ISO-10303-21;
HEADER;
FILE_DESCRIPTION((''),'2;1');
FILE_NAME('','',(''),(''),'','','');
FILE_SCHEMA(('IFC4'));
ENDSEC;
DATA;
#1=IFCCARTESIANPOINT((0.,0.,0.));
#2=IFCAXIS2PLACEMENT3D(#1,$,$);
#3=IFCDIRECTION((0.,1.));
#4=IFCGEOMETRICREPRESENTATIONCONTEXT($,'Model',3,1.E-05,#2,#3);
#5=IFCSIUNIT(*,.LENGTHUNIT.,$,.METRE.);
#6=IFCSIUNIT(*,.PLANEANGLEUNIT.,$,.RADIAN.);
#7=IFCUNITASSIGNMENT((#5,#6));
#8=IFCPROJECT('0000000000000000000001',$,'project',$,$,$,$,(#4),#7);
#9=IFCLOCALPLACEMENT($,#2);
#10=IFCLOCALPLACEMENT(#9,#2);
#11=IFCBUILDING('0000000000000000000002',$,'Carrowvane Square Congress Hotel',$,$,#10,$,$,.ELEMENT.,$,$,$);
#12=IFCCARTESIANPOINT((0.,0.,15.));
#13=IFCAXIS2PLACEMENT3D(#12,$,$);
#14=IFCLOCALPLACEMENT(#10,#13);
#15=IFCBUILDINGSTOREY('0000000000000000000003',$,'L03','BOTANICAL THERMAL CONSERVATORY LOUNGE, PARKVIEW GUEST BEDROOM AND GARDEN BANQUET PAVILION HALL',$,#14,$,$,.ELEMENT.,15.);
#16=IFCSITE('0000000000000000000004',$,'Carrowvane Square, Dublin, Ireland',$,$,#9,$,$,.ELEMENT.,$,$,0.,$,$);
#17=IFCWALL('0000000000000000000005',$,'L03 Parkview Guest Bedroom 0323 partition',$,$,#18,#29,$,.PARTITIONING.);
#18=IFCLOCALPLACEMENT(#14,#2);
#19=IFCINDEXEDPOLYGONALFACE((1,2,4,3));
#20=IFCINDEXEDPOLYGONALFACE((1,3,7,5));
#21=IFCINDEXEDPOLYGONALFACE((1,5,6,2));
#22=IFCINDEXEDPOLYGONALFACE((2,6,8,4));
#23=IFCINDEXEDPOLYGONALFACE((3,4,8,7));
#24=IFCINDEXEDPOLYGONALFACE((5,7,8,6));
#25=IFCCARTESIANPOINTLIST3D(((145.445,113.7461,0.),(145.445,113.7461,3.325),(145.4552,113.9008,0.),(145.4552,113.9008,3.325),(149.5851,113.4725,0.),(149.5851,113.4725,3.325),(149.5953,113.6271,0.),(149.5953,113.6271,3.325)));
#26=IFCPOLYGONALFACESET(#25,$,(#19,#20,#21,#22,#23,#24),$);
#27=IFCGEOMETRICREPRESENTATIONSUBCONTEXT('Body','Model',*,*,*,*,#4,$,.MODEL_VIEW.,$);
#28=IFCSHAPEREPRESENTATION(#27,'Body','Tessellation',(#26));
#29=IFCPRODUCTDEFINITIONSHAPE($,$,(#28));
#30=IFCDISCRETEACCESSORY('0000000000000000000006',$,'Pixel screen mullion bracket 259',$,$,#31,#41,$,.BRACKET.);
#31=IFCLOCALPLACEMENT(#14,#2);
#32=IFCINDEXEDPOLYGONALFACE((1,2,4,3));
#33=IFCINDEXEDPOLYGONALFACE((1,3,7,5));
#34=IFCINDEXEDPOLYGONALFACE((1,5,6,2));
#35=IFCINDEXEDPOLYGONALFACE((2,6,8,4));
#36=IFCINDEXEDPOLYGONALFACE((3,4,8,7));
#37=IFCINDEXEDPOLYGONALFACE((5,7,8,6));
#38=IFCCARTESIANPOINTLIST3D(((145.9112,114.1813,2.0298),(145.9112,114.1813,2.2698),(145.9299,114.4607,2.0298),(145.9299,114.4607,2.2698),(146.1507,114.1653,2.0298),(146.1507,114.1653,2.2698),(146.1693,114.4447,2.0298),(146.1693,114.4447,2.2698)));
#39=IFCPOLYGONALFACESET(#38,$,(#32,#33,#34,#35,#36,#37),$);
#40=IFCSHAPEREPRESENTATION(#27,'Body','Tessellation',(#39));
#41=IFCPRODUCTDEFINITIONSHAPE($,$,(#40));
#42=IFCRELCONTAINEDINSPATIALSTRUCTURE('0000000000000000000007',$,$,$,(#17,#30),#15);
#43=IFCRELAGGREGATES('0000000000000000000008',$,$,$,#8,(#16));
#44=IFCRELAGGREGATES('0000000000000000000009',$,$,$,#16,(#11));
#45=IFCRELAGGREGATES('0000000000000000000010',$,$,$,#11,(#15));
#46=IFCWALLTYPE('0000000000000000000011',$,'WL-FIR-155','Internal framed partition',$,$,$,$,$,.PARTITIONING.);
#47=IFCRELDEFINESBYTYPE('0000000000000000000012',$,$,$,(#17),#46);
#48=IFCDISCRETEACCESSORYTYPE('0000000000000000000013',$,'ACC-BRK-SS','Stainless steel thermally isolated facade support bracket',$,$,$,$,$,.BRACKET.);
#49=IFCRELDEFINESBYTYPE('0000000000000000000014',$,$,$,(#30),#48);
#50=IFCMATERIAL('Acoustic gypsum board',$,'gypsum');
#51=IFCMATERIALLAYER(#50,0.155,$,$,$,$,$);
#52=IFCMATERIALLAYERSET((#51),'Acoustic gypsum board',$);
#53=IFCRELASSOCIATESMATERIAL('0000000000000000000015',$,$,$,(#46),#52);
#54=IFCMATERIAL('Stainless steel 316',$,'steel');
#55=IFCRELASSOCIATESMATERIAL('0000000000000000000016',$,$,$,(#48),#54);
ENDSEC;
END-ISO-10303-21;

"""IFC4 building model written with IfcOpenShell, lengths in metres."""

from ifc_helpers import new_model, si_unit, direction, frame, frame_2d, origin, origin_2d, place, context, subcontext, project, spatial, rectangle, extrude, material, layer, layer_set, type_object, element, save


model = new_model("IFC4")

# Units and contexts
model_context = context("Model", 3, precision=1e-05, world=origin(), true_north=direction((0.0, 1.0)))
body_context = subcontext(model_context, "Body", "Model", "MODEL_VIEW")
ifc_project = project(units=[si_unit("LENGTHUNIT", "METRE"), si_unit("PLANEANGLEUNIT", "RADIAN")], contexts=[model_context])

# Site, building, storey
site_placement = place(None, origin())
site = spatial("IfcSite", under=ifc_project, at=site_placement, Name="Carrowvane Square, Dublin, Ireland", CompositionType="ELEMENT", RefElevation=0.0)
building_placement = place(site_placement, origin())
building = spatial("IfcBuilding", under=site, at=building_placement, Name="Carrowvane Square Congress Hotel", CompositionType="ELEMENT")
storey_placement = place(building_placement, frame((0.0, 0.0, 15.0)))
storey = spatial("IfcBuildingStorey", under=building, at=storey_placement, Name="L03", Description="BOTANICAL THERMAL CONSERVATORY LOUNGE, PARKVIEW GUEST BEDROOM AND GARDEN BANQUET PAVILION HALL", CompositionType="ELEMENT", Elevation=15.0)

# Wall
ifc_material_1 = material(Name="Acoustic gypsum board", Category="gypsum")
ifc_layer_1 = layer(ifc_material_1, 0.155)
ifc_layer_set_1 = layer_set([ifc_layer_1], Name="Acoustic gypsum board")
wall_type = type_object("IfcWallType", Name="WL-FIR-155", Description="Internal framed partition", PredefinedType="PARTITIONING", material=ifc_layer_set_1)
wall_1_placement = place(storey_placement, frame((145.45, 113.8235, 0.0), z_axis=(0.0, 0.0, 1.0), x_axis=(0.997822, -0.065961, 0.0)))
element("IfcWall", 1, at=wall_1_placement, inside=storey, type_object=wall_type, Name="L03 Parkview Guest Bedroom 0323 partition", PredefinedType="PARTITIONING", context=body_context, shape_type="SweptSolid", body=[
    extrude(rectangle(XDim=4.1492, YDim=0.155, at=frame_2d((2.0747, 0.0))), origin(), (0.0, 0.0, 1.0), 3.325),
])

# Discrete accessory
ifc_material_2 = material(Name="Stainless steel 316", Category="steel")
discrete_accessory_type = type_object("IfcDiscreteAccessoryType", Name="ACC-BRK-SS", Description="Stainless steel thermally isolated facade support bracket", PredefinedType="BRACKET", material=ifc_material_2)
discrete_accessory_placement = place(storey_placement, frame((146.0403, 114.313, 2.0298), z_axis=(0.0, 0.0, 1.0), x_axis=(0.997781, -0.066574, 0.0)))
element("IfcDiscreteAccessory", 2, at=discrete_accessory_placement, inside=storey, type_object=discrete_accessory_type, Name="Pixel screen mullion bracket 259", PredefinedType="BRACKET", context=body_context, shape_type="SweptSolid", body=[
    extrude(rectangle(XDim=0.24, YDim=0.28, at=origin_2d()), origin(), (0.0, 0.0, 1.0), 0.24),
])

save(model, "model.ifc")
